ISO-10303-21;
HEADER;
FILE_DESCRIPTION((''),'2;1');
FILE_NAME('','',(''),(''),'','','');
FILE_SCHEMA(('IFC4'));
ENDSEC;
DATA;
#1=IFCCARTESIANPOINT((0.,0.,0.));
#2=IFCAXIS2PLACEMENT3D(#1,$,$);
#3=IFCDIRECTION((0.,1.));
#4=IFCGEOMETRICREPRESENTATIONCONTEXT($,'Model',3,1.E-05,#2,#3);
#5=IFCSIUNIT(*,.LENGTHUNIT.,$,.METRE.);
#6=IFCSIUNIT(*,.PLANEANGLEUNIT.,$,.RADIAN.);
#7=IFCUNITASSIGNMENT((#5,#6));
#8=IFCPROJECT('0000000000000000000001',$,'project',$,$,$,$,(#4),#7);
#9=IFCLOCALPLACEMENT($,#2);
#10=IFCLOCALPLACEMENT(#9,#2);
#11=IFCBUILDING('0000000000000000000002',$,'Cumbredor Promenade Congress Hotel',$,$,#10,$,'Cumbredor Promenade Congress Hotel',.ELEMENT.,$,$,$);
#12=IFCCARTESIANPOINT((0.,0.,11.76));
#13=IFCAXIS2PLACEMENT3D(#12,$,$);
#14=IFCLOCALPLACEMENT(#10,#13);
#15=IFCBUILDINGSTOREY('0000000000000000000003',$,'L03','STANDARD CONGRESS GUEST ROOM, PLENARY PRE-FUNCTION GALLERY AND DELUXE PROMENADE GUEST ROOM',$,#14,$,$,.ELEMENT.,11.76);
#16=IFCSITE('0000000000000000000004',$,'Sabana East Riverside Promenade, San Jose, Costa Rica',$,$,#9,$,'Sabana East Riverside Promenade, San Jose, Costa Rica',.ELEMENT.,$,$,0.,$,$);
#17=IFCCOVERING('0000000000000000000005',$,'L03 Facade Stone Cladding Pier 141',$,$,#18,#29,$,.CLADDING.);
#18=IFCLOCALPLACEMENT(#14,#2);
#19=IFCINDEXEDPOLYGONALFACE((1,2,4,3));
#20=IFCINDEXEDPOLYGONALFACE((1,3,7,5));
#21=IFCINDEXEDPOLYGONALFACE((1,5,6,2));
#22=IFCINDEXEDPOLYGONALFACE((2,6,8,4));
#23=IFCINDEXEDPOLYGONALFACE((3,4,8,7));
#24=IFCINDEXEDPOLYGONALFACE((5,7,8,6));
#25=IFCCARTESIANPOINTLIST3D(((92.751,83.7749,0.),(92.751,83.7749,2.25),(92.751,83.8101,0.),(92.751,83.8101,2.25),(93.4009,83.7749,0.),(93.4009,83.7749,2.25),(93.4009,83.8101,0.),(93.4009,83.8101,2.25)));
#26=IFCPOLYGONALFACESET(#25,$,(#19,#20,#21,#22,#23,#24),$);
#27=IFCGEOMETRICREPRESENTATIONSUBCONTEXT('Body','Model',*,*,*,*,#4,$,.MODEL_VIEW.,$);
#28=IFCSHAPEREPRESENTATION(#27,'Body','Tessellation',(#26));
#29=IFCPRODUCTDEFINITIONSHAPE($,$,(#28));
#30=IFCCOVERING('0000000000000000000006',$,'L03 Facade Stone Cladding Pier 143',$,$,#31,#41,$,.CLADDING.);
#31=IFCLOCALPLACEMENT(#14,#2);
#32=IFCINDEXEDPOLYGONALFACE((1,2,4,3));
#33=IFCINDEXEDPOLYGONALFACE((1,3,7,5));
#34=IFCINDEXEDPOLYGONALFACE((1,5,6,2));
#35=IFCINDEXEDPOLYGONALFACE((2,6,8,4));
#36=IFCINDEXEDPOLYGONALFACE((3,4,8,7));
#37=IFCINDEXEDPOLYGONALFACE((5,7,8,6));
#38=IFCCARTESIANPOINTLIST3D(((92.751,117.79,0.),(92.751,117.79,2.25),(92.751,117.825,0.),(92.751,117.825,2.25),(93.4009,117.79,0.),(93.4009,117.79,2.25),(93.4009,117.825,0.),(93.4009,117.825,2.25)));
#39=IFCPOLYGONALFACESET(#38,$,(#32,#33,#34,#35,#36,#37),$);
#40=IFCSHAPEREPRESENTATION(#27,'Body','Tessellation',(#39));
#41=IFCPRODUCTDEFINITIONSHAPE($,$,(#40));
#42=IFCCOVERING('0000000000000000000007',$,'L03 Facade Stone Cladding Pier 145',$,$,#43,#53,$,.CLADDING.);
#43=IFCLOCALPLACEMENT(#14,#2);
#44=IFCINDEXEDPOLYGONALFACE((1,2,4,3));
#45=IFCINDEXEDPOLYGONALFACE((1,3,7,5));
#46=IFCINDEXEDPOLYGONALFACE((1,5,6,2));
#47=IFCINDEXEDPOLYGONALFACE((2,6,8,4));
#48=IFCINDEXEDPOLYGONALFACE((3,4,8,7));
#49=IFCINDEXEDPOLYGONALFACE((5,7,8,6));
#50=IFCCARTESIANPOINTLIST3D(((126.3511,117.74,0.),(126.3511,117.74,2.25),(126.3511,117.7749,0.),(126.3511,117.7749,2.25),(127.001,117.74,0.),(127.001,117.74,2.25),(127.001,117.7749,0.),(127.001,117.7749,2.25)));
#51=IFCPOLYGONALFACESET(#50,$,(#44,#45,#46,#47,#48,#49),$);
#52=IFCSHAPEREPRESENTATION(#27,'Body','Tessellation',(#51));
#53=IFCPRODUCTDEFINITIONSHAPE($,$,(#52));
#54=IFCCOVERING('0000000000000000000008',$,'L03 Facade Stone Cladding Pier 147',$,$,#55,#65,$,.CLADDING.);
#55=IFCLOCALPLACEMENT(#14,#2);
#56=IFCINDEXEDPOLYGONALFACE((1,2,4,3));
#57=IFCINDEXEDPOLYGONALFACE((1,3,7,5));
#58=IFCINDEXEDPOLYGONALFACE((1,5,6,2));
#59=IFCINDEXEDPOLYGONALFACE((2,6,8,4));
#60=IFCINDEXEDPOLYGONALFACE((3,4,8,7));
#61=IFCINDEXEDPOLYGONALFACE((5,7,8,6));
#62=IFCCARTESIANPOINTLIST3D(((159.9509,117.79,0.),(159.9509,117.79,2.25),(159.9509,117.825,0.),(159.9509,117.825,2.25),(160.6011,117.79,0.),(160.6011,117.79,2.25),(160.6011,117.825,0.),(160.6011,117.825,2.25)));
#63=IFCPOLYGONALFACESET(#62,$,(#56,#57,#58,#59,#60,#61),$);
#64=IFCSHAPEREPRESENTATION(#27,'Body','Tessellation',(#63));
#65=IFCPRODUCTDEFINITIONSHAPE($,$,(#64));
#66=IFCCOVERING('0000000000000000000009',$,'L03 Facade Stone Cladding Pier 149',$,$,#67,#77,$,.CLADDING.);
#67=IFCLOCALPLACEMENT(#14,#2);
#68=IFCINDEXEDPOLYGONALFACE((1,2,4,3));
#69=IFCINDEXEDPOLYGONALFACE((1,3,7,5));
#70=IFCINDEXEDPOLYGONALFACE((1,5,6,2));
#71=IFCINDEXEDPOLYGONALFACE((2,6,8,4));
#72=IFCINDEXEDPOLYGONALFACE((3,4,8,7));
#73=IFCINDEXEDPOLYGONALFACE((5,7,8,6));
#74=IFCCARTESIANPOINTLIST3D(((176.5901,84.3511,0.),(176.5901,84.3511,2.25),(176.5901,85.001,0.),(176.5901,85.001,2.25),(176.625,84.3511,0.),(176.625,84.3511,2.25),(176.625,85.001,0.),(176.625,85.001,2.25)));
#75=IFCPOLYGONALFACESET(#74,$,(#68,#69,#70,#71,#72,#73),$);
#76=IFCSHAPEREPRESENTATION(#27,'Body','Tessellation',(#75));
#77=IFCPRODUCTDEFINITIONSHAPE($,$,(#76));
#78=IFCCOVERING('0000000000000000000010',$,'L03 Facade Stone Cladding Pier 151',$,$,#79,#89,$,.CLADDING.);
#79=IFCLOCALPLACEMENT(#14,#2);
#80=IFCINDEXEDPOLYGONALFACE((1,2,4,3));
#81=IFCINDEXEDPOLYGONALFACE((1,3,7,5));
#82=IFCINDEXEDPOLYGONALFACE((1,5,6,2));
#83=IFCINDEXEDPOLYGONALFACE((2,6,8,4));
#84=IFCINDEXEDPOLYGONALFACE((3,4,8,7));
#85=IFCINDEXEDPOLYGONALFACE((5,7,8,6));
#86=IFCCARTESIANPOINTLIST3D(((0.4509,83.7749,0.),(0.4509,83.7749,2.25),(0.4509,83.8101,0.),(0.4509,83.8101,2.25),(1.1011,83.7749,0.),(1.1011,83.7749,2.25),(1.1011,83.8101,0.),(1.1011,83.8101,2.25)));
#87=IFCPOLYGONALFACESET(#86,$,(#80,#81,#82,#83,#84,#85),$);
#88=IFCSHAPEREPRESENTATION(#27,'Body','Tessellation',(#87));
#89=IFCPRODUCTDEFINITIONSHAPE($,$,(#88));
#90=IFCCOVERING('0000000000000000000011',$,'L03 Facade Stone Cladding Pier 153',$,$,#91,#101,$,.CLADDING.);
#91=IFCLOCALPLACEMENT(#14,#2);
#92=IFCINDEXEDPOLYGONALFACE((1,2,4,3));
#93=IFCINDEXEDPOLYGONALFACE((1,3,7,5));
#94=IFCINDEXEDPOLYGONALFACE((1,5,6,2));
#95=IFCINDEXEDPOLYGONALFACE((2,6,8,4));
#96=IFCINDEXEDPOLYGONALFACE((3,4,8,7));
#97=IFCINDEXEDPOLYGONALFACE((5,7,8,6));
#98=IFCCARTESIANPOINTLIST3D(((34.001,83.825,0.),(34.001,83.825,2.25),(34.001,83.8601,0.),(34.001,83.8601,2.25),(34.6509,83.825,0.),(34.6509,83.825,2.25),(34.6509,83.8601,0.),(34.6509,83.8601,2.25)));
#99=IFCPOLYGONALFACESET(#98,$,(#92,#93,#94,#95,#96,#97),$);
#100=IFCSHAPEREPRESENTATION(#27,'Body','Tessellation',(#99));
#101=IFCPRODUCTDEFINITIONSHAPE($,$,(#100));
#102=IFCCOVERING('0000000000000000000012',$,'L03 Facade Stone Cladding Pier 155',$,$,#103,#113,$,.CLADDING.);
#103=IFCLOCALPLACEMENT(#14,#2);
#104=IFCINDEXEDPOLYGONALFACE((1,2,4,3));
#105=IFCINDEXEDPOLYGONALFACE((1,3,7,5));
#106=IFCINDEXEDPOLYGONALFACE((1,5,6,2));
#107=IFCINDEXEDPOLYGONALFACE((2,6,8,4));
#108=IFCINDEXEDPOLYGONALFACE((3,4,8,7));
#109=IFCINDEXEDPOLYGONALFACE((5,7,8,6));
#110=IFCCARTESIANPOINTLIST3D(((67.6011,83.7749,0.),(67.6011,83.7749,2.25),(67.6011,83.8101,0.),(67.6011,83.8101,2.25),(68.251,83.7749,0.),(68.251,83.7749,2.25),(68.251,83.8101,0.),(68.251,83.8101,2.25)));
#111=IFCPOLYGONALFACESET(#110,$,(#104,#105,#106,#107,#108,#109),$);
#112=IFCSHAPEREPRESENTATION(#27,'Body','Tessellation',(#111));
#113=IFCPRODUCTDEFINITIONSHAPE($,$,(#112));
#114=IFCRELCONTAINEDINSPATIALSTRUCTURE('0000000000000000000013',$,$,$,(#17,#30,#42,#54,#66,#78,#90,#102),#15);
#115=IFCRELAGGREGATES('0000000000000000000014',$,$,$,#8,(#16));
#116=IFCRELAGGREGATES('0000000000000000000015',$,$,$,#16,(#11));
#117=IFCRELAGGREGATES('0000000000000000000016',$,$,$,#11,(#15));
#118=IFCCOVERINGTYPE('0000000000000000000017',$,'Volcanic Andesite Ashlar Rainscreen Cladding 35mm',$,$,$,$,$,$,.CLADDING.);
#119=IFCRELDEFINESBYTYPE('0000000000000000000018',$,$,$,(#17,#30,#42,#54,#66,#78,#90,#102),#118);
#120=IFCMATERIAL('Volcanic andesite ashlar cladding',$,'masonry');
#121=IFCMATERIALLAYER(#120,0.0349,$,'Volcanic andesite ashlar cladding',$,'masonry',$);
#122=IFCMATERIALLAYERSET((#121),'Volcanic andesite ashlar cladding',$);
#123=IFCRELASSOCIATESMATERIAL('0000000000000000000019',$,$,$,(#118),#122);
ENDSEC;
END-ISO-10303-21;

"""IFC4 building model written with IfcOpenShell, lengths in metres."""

from ifc_helpers import new_model, si_unit, direction, frame, origin, place, context, subcontext, project, spatial, polyline, outline, extrude, material, layer, layer_set, type_object, element, save


model = new_model("IFC4")

# Units and contexts
model_context = context("Model", 3, precision=1e-05, world=origin(), true_north=direction((0.0, 1.0)))
body_context = subcontext(model_context, "Body", "Model", "MODEL_VIEW")
ifc_project = project(units=[si_unit("LENGTHUNIT", "METRE"), si_unit("PLANEANGLEUNIT", "RADIAN")], contexts=[model_context])

# Site, building, storey
site_placement = place(None, origin())
site = spatial("IfcSite", under=ifc_project, at=site_placement, Name="Sabana East Riverside Promenade, San Jose, Costa Rica", LongName="Sabana East Riverside Promenade, San Jose, Costa Rica", CompositionType="ELEMENT", RefElevation=0.0)
building_placement = place(site_placement, origin())
building = spatial("IfcBuilding", under=site, at=building_placement, Name="Cumbredor Promenade Congress Hotel", LongName="Cumbredor Promenade Congress Hotel", CompositionType="ELEMENT")
storey_placement = place(building_placement, frame((0.0, 0.0, 11.76)))
storey = spatial("IfcBuildingStorey", under=building, at=storey_placement, Name="L03", Description="STANDARD CONGRESS GUEST ROOM, PLENARY PRE-FUNCTION GALLERY AND DELUXE PROMENADE GUEST ROOM", CompositionType="ELEMENT", Elevation=11.76)

# Coverings
ifc_material_1 = material(Name="Volcanic andesite ashlar cladding", Category="masonry")
ifc_layer_1 = layer(ifc_material_1, 0.0349, Name="Volcanic andesite ashlar cladding", Category="masonry")
ifc_layer_set_1 = layer_set([ifc_layer_1], Name="Volcanic andesite ashlar cladding")
covering_type_1 = type_object("IfcCoveringType", Name="Volcanic Andesite Ashlar Rainscreen Cladding 35mm", PredefinedType="CLADDING", material=ifc_layer_set_1)
covering_1_placement = place(storey_placement, origin())
element("IfcCovering", 1, at=covering_1_placement, inside=storey, type_object=covering_type_1, Name="L03 Facade Stone Cladding Pier 141", PredefinedType="CLADDING", context=body_context, shape_type="SweptSolid", body=[
    extrude(outline(polyline([(92.751, 83.8101), (93.4009, 83.8101), (93.4009, 83.7749), (92.751, 83.7749), (92.751, 83.8101)])), origin(), (0.0, 0.0, 1.0), 2.25),
])
covering_2_placement = place(storey_placement, origin())
element("IfcCovering", 2, at=covering_2_placement, inside=storey, type_object=covering_type_1, Name="L03 Facade Stone Cladding Pier 143", PredefinedType="CLADDING", context=body_context, shape_type="SweptSolid", body=[
    extrude(outline(polyline([(92.751, 117.79), (93.4009, 117.79), (93.4009, 117.825), (92.751, 117.825), (92.751, 117.79)])), origin(), (0.0, 0.0, 1.0), 2.25),
])
covering_3_placement = place(storey_placement, origin())
element("IfcCovering", 3, at=covering_3_placement, inside=storey, type_object=covering_type_1, Name="L03 Facade Stone Cladding Pier 145", PredefinedType="CLADDING", context=body_context, shape_type="SweptSolid", body=[
    extrude(outline(polyline([(126.3511, 117.74), (127.001, 117.74), (127.001, 117.7749), (126.3511, 117.7749), (126.3511, 117.74)])), origin(), (0.0, 0.0, 1.0), 2.25),
])
covering_4_placement = place(storey_placement, origin())
element("IfcCovering", 4, at=covering_4_placement, inside=storey, type_object=covering_type_1, Name="L03 Facade Stone Cladding Pier 147", PredefinedType="CLADDING", context=body_context, shape_type="SweptSolid", body=[
    extrude(outline(polyline([(159.9509, 117.79), (160.6011, 117.79), (160.6011, 117.825), (159.9509, 117.825), (159.9509, 117.79)])), origin(), (0.0, 0.0, 1.0), 2.25),
])
covering_5_placement = place(storey_placement, origin())
element("IfcCovering", 5, at=covering_5_placement, inside=storey, type_object=covering_type_1, Name="L03 Facade Stone Cladding Pier 149", PredefinedType="CLADDING", context=body_context, shape_type="SweptSolid", body=[
    extrude(outline(polyline([(176.5901, 84.3511), (176.5901, 85.001), (176.625, 85.001), (176.625, 84.3511), (176.5901, 84.3511)])), origin(), (0.0, 0.0, 1.0), 2.25),
])
covering_6_placement = place(storey_placement, origin())
element("IfcCovering", 6, at=covering_6_placement, inside=storey, type_object=covering_type_1, Name="L03 Facade Stone Cladding Pier 151", PredefinedType="CLADDING", context=body_context, shape_type="SweptSolid", body=[
    extrude(outline(polyline([(0.4509, 83.8101), (1.1011, 83.8101), (1.1011, 83.7749), (0.4509, 83.7749), (0.4509, 83.8101)])), origin(), (0.0, 0.0, 1.0), 2.25),
])
covering_7_placement = place(storey_placement, origin())
element("IfcCovering", 7, at=covering_7_placement, inside=storey, type_object=covering_type_1, Name="L03 Facade Stone Cladding Pier 153", PredefinedType="CLADDING", context=body_context, shape_type="SweptSolid", body=[
    extrude(outline(polyline([(34.001, 83.8601), (34.6509, 83.8601), (34.6509, 83.825), (34.001, 83.825), (34.001, 83.8601)])), origin(), (0.0, 0.0, 1.0), 2.25),
])
covering_8_placement = place(storey_placement, origin())
element("IfcCovering", 8, at=covering_8_placement, inside=storey, type_object=covering_type_1, Name="L03 Facade Stone Cladding Pier 155", PredefinedType="CLADDING", context=body_context, shape_type="SweptSolid", body=[
    extrude(outline(polyline([(67.6011, 83.8101), (68.251, 83.8101), (68.251, 83.7749), (67.6011, 83.7749), (67.6011, 83.8101)])), origin(), (0.0, 0.0, 1.0), 2.25),
])

save(model, "model.ifc")
